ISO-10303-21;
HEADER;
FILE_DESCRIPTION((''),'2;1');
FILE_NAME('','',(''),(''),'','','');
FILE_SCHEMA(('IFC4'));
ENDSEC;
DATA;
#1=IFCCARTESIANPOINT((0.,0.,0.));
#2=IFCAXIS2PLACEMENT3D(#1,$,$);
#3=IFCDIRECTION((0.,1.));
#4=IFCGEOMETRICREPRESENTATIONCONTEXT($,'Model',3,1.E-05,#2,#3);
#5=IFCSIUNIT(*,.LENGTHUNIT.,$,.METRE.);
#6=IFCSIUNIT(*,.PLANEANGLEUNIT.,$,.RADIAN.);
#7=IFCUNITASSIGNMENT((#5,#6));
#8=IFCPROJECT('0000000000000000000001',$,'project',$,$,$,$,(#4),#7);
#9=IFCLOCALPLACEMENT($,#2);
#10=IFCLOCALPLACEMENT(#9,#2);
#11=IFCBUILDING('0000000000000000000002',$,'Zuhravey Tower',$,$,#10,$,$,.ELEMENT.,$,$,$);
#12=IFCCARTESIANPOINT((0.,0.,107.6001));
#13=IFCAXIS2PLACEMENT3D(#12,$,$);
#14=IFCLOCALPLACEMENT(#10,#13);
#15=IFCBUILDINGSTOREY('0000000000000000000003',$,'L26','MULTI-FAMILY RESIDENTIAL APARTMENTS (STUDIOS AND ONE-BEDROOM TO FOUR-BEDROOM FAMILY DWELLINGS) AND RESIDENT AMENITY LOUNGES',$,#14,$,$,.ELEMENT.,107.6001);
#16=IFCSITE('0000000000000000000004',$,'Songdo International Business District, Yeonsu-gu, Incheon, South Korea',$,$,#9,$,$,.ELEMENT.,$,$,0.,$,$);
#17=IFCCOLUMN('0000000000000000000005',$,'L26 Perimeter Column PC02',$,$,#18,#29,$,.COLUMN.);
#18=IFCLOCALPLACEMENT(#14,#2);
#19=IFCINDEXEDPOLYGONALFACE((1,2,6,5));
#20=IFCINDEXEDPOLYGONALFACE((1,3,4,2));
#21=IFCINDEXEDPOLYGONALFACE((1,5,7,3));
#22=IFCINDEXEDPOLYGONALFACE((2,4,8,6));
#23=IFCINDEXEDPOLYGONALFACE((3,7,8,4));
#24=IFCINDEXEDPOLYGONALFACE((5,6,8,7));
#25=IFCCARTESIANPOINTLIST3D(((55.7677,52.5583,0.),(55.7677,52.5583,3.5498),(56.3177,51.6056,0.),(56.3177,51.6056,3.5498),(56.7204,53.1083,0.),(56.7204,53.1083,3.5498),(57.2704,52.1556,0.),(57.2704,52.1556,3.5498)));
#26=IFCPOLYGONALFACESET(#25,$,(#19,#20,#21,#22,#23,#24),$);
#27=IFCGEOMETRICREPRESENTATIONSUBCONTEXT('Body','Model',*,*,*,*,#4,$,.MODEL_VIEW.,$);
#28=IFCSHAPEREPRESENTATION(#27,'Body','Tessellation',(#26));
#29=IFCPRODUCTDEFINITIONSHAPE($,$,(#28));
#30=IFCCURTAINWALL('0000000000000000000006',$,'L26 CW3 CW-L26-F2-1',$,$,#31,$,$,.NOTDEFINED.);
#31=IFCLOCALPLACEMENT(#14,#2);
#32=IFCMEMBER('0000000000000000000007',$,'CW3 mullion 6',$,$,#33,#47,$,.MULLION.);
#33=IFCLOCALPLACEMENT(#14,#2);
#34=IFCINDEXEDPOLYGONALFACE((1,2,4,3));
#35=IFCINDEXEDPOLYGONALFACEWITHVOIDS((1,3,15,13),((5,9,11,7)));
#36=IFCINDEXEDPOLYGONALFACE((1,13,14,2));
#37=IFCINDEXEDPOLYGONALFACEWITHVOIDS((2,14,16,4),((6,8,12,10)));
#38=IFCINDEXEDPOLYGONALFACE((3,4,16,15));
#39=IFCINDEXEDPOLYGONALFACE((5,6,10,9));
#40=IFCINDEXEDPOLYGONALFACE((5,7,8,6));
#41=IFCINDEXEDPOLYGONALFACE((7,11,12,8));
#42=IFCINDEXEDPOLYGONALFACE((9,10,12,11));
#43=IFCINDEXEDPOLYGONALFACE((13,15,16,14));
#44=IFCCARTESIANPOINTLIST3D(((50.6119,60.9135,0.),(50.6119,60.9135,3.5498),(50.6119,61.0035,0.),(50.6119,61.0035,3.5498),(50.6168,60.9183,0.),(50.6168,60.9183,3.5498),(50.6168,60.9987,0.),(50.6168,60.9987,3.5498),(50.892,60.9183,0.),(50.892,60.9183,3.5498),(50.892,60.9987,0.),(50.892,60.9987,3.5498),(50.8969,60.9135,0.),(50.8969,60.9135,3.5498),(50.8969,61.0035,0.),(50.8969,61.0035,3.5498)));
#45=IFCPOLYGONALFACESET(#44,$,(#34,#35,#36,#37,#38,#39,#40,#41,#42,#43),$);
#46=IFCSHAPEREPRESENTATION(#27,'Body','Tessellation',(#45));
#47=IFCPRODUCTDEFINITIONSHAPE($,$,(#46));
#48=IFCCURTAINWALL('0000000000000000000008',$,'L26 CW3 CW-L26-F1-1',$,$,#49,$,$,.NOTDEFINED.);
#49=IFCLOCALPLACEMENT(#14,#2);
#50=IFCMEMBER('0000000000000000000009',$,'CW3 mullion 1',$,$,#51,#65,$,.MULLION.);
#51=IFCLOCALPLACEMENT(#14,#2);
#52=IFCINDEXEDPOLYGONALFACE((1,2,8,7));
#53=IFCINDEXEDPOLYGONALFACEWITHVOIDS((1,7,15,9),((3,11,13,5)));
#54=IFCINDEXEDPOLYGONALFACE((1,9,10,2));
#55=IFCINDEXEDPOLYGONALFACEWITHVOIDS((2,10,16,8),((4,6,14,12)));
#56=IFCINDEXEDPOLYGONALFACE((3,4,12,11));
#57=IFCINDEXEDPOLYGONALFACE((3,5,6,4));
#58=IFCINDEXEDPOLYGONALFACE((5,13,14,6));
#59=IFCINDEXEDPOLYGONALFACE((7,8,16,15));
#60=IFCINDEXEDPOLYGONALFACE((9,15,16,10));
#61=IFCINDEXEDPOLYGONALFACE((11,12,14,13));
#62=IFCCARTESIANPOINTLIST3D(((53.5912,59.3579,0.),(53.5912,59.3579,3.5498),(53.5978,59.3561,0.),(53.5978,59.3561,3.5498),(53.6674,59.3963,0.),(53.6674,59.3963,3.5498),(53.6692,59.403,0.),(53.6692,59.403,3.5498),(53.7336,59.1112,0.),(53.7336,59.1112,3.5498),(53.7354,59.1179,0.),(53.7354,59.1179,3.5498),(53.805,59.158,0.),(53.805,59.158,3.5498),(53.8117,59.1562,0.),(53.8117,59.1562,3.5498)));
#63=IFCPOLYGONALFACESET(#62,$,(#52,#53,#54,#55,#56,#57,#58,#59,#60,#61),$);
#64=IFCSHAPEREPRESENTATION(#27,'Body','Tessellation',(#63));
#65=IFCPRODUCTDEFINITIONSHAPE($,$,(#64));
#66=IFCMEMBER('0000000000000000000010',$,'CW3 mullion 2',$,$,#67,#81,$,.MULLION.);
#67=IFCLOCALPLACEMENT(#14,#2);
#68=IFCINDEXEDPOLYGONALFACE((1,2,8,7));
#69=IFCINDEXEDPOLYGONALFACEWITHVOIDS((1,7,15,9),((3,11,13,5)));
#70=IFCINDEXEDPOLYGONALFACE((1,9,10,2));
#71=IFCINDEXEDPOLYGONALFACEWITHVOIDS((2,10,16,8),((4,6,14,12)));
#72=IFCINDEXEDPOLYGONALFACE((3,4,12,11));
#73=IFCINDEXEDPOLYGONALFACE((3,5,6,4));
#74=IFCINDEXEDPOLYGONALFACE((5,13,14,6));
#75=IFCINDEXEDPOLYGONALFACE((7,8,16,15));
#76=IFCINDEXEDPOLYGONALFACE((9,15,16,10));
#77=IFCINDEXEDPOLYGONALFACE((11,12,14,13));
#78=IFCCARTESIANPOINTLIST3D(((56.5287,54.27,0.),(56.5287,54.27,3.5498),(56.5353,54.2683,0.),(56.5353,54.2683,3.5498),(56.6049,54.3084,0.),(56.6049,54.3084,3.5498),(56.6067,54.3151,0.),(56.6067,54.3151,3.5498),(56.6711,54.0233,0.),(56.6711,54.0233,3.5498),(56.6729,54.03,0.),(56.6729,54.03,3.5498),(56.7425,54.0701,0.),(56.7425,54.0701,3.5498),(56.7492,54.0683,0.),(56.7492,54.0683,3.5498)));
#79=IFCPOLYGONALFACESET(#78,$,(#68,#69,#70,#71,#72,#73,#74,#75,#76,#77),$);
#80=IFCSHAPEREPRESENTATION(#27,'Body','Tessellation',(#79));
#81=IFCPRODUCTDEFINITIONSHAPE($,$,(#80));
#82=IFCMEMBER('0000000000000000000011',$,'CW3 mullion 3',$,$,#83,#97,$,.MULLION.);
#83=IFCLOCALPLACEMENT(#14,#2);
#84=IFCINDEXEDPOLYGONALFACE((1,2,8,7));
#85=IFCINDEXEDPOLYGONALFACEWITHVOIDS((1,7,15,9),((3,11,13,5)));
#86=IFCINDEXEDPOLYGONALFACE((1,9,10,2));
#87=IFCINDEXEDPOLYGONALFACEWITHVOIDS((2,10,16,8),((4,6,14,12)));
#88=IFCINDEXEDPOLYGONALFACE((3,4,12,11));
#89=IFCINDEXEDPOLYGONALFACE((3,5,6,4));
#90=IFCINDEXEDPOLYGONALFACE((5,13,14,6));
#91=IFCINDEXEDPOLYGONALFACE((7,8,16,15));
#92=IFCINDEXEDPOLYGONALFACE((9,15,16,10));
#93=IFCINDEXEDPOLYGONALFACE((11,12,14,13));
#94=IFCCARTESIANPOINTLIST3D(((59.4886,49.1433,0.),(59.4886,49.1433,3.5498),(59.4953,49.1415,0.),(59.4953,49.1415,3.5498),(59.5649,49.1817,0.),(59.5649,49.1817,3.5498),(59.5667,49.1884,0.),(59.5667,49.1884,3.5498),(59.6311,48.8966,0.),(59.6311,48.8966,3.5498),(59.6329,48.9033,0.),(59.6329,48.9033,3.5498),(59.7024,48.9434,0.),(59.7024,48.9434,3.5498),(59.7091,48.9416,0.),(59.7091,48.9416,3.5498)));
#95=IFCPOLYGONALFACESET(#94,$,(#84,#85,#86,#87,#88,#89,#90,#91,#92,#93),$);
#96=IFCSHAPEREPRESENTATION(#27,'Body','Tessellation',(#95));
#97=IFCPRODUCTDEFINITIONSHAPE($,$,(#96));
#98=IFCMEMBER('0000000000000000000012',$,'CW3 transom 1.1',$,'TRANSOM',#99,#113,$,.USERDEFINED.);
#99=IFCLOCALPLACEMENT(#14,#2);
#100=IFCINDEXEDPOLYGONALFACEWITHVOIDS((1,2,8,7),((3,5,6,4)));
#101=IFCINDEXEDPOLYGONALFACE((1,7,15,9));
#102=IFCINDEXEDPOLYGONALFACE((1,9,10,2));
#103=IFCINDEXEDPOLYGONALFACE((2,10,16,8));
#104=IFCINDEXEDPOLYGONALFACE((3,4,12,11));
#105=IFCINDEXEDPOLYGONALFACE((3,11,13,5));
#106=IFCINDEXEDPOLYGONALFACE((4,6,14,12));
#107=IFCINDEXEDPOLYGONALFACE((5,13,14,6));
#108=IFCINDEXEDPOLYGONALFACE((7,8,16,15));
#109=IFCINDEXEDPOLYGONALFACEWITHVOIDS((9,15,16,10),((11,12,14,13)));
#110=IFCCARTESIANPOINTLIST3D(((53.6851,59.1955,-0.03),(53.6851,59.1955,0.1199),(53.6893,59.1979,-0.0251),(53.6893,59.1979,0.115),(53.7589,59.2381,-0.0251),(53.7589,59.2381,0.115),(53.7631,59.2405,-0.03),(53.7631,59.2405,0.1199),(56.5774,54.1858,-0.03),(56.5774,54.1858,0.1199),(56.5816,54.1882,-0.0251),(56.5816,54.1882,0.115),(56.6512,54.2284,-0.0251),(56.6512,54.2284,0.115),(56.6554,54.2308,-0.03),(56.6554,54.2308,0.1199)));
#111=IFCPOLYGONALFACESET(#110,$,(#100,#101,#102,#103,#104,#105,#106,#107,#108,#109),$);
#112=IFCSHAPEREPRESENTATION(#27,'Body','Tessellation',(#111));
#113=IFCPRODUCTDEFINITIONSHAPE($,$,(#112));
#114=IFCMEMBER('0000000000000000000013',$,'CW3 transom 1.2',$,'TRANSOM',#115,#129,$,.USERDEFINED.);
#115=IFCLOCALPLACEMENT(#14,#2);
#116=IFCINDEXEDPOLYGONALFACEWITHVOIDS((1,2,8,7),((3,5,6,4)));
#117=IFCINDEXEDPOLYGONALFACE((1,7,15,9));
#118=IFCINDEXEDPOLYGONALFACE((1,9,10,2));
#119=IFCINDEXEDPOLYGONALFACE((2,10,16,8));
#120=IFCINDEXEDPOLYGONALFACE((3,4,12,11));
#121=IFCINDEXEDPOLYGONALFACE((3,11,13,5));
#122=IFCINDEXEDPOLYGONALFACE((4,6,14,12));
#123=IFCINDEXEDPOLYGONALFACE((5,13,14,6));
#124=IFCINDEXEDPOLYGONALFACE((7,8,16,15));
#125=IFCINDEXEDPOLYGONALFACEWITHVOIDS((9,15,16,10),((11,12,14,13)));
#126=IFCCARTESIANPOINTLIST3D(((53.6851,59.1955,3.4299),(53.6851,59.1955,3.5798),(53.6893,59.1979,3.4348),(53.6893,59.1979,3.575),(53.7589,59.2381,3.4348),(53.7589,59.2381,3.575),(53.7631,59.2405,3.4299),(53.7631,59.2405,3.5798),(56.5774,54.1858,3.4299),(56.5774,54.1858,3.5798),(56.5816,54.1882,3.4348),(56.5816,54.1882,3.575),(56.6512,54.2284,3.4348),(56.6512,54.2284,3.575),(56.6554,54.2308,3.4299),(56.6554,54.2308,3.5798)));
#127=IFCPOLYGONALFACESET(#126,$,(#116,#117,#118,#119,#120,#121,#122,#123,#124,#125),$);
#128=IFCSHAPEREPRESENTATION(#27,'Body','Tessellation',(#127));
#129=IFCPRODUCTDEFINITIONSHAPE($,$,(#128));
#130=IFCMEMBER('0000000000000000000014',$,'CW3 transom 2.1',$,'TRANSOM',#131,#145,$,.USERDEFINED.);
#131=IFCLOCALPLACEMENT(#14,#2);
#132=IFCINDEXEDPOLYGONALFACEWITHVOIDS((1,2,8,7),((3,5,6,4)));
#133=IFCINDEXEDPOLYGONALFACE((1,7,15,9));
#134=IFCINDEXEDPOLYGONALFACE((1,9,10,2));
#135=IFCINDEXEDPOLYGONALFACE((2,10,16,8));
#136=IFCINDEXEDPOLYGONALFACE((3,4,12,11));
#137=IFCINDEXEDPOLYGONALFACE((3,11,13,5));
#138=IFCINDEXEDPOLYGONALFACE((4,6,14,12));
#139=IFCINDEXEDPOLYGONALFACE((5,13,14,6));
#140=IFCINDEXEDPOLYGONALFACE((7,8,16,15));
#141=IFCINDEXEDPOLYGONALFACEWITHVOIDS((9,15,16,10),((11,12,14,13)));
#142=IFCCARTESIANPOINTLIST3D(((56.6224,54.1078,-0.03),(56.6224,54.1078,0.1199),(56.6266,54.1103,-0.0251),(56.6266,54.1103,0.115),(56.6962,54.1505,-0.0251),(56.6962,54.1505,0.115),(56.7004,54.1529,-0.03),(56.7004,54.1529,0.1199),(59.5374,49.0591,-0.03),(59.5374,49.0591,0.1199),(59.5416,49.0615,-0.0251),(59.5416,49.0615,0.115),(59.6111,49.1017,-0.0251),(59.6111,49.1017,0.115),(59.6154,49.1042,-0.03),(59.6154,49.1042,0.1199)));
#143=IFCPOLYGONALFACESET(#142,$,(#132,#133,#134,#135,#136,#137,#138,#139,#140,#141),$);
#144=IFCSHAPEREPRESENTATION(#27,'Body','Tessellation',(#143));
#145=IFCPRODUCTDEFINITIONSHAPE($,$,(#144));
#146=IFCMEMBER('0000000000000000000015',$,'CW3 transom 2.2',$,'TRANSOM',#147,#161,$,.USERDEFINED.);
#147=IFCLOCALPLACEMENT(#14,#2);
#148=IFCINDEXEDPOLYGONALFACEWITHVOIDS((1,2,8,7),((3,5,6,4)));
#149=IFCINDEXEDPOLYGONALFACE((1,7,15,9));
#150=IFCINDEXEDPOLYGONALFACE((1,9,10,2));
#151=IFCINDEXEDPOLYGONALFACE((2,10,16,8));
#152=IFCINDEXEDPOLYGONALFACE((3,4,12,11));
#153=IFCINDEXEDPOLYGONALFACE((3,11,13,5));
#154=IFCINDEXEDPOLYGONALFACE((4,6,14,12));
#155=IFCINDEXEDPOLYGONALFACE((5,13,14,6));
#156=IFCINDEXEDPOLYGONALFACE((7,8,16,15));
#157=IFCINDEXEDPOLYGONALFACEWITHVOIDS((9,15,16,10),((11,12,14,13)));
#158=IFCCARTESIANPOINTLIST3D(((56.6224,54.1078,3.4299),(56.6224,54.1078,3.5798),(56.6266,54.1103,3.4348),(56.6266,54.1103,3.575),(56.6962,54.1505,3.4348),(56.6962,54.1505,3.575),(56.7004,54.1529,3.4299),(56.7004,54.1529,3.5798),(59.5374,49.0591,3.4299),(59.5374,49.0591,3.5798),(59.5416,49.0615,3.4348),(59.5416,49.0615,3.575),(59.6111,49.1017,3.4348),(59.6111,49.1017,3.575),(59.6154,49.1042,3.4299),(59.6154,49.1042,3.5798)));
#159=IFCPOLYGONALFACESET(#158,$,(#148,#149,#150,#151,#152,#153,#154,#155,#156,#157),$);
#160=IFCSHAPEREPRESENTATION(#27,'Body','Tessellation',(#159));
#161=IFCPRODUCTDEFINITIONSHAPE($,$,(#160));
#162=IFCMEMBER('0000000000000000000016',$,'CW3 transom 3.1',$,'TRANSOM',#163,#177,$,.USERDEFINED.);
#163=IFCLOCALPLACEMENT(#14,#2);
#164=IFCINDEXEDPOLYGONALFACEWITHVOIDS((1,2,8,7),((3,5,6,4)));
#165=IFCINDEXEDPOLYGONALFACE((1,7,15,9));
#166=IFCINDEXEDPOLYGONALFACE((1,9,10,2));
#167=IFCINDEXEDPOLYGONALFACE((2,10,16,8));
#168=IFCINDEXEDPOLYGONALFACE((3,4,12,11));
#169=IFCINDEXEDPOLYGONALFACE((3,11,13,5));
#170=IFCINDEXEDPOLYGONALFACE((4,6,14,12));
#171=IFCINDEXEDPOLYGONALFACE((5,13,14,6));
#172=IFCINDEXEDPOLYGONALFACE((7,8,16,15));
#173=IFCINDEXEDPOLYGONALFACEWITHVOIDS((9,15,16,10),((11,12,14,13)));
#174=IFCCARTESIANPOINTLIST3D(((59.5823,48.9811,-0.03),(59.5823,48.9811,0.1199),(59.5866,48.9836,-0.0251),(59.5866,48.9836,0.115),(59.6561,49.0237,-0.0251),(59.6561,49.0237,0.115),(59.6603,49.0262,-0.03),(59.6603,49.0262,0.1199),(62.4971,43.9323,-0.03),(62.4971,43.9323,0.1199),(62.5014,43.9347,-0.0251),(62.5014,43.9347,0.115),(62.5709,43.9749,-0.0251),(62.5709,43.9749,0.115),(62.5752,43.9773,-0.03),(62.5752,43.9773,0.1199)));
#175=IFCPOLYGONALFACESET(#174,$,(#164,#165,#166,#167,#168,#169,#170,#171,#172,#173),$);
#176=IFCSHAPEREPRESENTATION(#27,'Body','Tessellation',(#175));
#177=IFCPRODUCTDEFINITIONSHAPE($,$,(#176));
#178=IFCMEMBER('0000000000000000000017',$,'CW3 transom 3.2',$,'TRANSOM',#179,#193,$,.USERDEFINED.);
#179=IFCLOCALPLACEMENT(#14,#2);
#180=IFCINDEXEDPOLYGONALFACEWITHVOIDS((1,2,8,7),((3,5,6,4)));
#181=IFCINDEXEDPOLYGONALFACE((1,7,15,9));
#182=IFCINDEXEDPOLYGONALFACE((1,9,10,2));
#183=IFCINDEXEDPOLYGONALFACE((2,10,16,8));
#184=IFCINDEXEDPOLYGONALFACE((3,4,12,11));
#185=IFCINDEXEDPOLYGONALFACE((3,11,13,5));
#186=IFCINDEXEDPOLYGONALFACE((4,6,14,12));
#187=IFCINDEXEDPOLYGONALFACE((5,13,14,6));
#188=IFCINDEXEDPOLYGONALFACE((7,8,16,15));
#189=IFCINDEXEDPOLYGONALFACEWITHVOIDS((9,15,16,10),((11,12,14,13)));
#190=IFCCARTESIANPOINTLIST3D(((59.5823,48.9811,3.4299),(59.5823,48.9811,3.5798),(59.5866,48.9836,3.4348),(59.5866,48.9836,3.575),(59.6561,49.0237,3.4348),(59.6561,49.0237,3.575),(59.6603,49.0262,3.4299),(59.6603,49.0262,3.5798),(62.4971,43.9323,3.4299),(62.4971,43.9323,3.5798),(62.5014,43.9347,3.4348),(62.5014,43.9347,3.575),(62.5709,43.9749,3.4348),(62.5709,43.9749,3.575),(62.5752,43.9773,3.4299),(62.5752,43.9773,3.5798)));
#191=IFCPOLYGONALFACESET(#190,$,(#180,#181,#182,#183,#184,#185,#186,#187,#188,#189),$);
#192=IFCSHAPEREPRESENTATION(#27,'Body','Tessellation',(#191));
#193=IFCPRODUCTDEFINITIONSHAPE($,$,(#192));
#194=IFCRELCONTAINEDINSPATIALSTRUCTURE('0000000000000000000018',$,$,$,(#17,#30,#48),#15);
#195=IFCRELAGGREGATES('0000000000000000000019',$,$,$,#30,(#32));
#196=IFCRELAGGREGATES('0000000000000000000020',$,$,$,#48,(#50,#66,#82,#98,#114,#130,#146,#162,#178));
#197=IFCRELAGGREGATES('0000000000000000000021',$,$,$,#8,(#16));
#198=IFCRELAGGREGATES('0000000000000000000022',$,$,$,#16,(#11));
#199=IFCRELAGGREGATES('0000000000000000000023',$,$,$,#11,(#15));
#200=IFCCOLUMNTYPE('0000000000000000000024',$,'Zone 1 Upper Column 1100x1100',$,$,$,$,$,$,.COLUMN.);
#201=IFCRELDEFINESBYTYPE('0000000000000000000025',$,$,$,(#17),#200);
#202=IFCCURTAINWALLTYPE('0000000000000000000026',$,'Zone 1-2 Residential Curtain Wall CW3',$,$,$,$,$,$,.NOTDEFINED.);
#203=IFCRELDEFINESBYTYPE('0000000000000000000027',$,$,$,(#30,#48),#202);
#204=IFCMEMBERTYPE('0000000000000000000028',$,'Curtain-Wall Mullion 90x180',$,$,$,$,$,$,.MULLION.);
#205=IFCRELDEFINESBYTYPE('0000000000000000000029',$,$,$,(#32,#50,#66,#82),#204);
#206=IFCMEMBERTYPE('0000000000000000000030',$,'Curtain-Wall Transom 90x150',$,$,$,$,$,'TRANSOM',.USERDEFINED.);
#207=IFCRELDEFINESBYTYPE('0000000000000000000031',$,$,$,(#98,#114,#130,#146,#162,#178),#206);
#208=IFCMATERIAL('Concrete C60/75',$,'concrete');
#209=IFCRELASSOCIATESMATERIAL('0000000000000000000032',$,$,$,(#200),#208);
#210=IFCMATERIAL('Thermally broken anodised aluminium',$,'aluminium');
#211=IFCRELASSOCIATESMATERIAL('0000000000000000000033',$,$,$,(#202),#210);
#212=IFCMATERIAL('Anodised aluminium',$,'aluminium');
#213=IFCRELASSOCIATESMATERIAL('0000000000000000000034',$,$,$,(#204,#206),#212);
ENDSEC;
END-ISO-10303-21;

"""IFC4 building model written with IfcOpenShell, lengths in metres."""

from ifc_helpers import new_model, si_unit, direction, frame, origin, origin_2d, place, context, subcontext, project, spatial, rectangle, hollow_rectangle, extrude, material, material_profile, profile_set, type_object, element, aggregate, save


model = new_model("IFC4")

# Units and contexts
model_context = context("Model", 3, precision=1e-05, world=origin(), true_north=direction((0.0, 1.0)))
body_context = subcontext(model_context, "Body", "Model", "MODEL_VIEW")
ifc_project = project(units=[si_unit("LENGTHUNIT", "METRE"), si_unit("PLANEANGLEUNIT", "RADIAN")], contexts=[model_context])

# Site, building, storey
site_placement = place(None, origin())
site = spatial("IfcSite", under=ifc_project, at=site_placement, Name="Songdo International Business District, Yeonsu-gu, Incheon, South Korea", CompositionType="ELEMENT", RefElevation=0.0)
building_placement = place(site_placement, origin())
building = spatial("IfcBuilding", under=site, at=building_placement, Name="Zuhravey Tower", CompositionType="ELEMENT")
storey_placement = place(building_placement, frame((0.0, 0.0, 107.6001)))
storey = spatial("IfcBuildingStorey", under=building, at=storey_placement, Name="L26", Description="MULTI-FAMILY RESIDENTIAL APARTMENTS (STUDIOS AND ONE-BEDROOM TO FOUR-BEDROOM FAMILY DWELLINGS) AND RESIDENT AMENITY LOUNGES", CompositionType="ELEMENT", Elevation=107.6001)

# Column
ifc_material_1 = material(Name="Concrete C60/75", Category="concrete")
ifc_material_profile_1 = material_profile(ifc_material_1, rectangle(XDim=1.1001, YDim=1.1001, at=origin_2d()), Name="RC-1100x1100")
ifc_profile_set_1 = profile_set([ifc_material_profile_1], Name="Concrete C60/75")
column_type = type_object("IfcColumnType", Name="Zone 1 Upper Column 1100x1100", PredefinedType="COLUMN", material=ifc_profile_set_1)
column_placement = place(storey_placement, frame((56.519, 52.3569, 0.0), z_axis=(0.0, 0.0, 1.0), x_axis=(-0.5, 0.866025, 0.0)))
element("IfcColumn", 1, at=column_placement, inside=storey, type_object=column_type, Name="L26 Perimeter Column PC02", PredefinedType="COLUMN", context=body_context, shape_type="SweptSolid", body=[
    extrude(rectangle(XDim=1.1001, YDim=1.1001, at=origin_2d()), origin(), (0.0, 0.0, 1.0), 3.5498),
])

# Curtain wall, member
ifc_material_2 = material(Name="Thermally broken anodised aluminium", Category="aluminium")
curtain_wall_type = type_object("IfcCurtainWallType", Name="Zone 1-2 Residential Curtain Wall CW3", PredefinedType="NOTDEFINED", material=ifc_material_2)
curtain_wall_1_placement = place(storey_placement, origin())
curtain_wall_1 = element("IfcCurtainWall", 2, at=curtain_wall_1_placement, inside=storey, type_object=curtain_wall_type, Name="L26 CW3 CW-L26-F2-1", PredefinedType="NOTDEFINED")
ifc_material_3 = material(Name="Anodised aluminium", Category="aluminium")
ifc_material_profile_2 = material_profile(ifc_material_3, hollow_rectangle(XDim=0.0901, YDim=0.2849, WallThickness=0.0049, at=origin_2d()), Name="ALU-RHS-90x285x5")
ifc_profile_set_2 = profile_set([ifc_material_profile_2], Name="Anodised aluminium")
member_type_1 = type_object("IfcMemberType", Name="Curtain-Wall Mullion 90x180", PredefinedType="MULLION", material=ifc_profile_set_2)
member_1_placement = place(storey_placement, frame((50.7544, 60.9585, 0.0), z_axis=(0.0, 0.0, 1.0), x_axis=(0.0, 1.0, 0.0)))
member_1 = element("IfcMember", 3, at=member_1_placement, type_object=member_type_1, Name="CW3 mullion 6", PredefinedType="MULLION", context=body_context, shape_type="SweptSolid", body=[
    extrude(hollow_rectangle(XDim=0.0901, YDim=0.2849, WallThickness=0.0049, at=origin_2d()), origin(), (0.0, 0.0, 1.0), 3.5498),
])
aggregate(curtain_wall_1, [member_1])

# Curtain wall, members
curtain_wall_2_placement = place(storey_placement, origin())
curtain_wall_2 = element("IfcCurtainWall", 4, at=curtain_wall_2_placement, inside=storey, type_object=curtain_wall_type, Name="L26 CW3 CW-L26-F1-1", PredefinedType="NOTDEFINED")
member_2_placement = place(storey_placement, frame((53.7014, 59.2571, 0.0), z_axis=(0.0, 0.0, 1.0), x_axis=(0.866026, 0.5, 0.0)))
member_2 = element("IfcMember", 5, at=member_2_placement, type_object=member_type_1, Name="CW3 mullion 1", PredefinedType="MULLION", context=body_context, shape_type="SweptSolid", body=[
    extrude(hollow_rectangle(XDim=0.0901, YDim=0.2849, WallThickness=0.0049, at=origin_2d()), origin(), (0.0, 0.0, 1.0), 3.5498),
])
member_3_placement = place(storey_placement, frame((56.6389, 54.1692, 0.0), z_axis=(0.0, 0.0, 1.0), x_axis=(0.866026, 0.5, 0.0)))
member_3 = element("IfcMember", 6, at=member_3_placement, type_object=member_type_1, Name="CW3 mullion 2", PredefinedType="MULLION", context=body_context, shape_type="SweptSolid", body=[
    extrude(hollow_rectangle(XDim=0.0901, YDim=0.2849, WallThickness=0.0049, at=origin_2d()), origin(), (0.0, 0.0, 1.0), 3.5498),
])
member_4_placement = place(storey_placement, frame((59.5989, 49.0425, 0.0), z_axis=(0.0, 0.0, 1.0), x_axis=(0.866026, 0.5, 0.0)))
member_4 = element("IfcMember", 7, at=member_4_placement, type_object=member_type_1, Name="CW3 mullion 3", PredefinedType="MULLION", context=body_context, shape_type="SweptSolid", body=[
    extrude(hollow_rectangle(XDim=0.0901, YDim=0.2849, WallThickness=0.0049, at=origin_2d()), origin(), (0.0, 0.0, 1.0), 3.5498),
])
ifc_material_profile_3 = material_profile(ifc_material_3, hollow_rectangle(XDim=0.0901, YDim=0.1499, WallThickness=0.0049, at=origin_2d()), Name="ALU-RHS-90x150x5")
ifc_profile_set_3 = profile_set([ifc_material_profile_3], Name="Anodised aluminium")
member_type_2 = type_object("IfcMemberType", Name="Curtain-Wall Transom 90x150", ElementType="TRANSOM", PredefinedType="USERDEFINED", material=ifc_profile_set_3)
member_5_placement = place(storey_placement, frame((53.7241, 59.218, 0.0449), z_axis=(0.499993, -0.86603, 0.0), x_axis=(0.86603, 0.499993, 0.0)))
member_5 = element("IfcMember", 8, at=member_5_placement, type_object=member_type_2, Name="CW3 transom 1.1", ObjectType="TRANSOM", PredefinedType="USERDEFINED", context=body_context, shape_type="SweptSolid", body=[
    extrude(hollow_rectangle(XDim=0.0901, YDim=0.1499, WallThickness=0.0049, at=origin_2d()), origin(), (0.0, 0.0, 1.0), 5.7847),
])
member_6_placement = place(storey_placement, frame((53.7241, 59.218, 3.5049), z_axis=(0.499993, -0.86603, 0.0), x_axis=(0.86603, 0.499993, 0.0)))
member_6 = element("IfcMember", 9, at=member_6_placement, type_object=member_type_2, Name="CW3 transom 1.2", ObjectType="TRANSOM", PredefinedType="USERDEFINED", context=body_context, shape_type="SweptSolid", body=[
    extrude(hollow_rectangle(XDim=0.0901, YDim=0.1499, WallThickness=0.0049, at=origin_2d()), origin(), (0.0, 0.0, 1.0), 5.7847),
])
member_7_placement = place(storey_placement, frame((56.6614, 54.1304, 0.0449), z_axis=(0.500012, -0.866018, 0.0), x_axis=(0.866018, 0.500012, 0.0)))
member_7 = element("IfcMember", 10, at=member_7_placement, type_object=member_type_2, Name="CW3 transom 2.1", ObjectType="TRANSOM", PredefinedType="USERDEFINED", context=body_context, shape_type="SweptSolid", body=[
    extrude(hollow_rectangle(XDim=0.0901, YDim=0.1499, WallThickness=0.0049, at=origin_2d()), origin(), (0.0, 0.0, 1.0), 5.8298),
])
member_8_placement = place(storey_placement, frame((56.6614, 54.1304, 3.5049), z_axis=(0.500012, -0.866018, 0.0), x_axis=(0.866018, 0.500012, 0.0)))
member_8 = element("IfcMember", 11, at=member_8_placement, type_object=member_type_2, Name="CW3 transom 2.2", ObjectType="TRANSOM", PredefinedType="USERDEFINED", context=body_context, shape_type="SweptSolid", body=[
    extrude(hollow_rectangle(XDim=0.0901, YDim=0.1499, WallThickness=0.0049, at=origin_2d()), origin(), (0.0, 0.0, 1.0), 5.8298),
])
member_9_placement = place(storey_placement, frame((59.6213, 49.0037, 0.0449), z_axis=(0.499981, -0.866036, 0.0), x_axis=(0.866036, 0.499981, 0.0)))
member_9 = element("IfcMember", 12, at=member_9_placement, type_object=member_type_2, Name="CW3 transom 3.1", ObjectType="TRANSOM", PredefinedType="USERDEFINED", context=body_context, shape_type="SweptSolid", body=[
    extrude(hollow_rectangle(XDim=0.0901, YDim=0.1499, WallThickness=0.0049, at=origin_2d()), origin(), (0.0, 0.0, 1.0), 5.8298),
])
member_10_placement = place(storey_placement, frame((59.6213, 49.0037, 3.5049), z_axis=(0.499981, -0.866036, 0.0), x_axis=(0.866036, 0.499981, 0.0)))
member_10 = element("IfcMember", 13, at=member_10_placement, type_object=member_type_2, Name="CW3 transom 3.2", ObjectType="TRANSOM", PredefinedType="USERDEFINED", context=body_context, shape_type="SweptSolid", body=[
    extrude(hollow_rectangle(XDim=0.0901, YDim=0.1499, WallThickness=0.0049, at=origin_2d()), origin(), (0.0, 0.0, 1.0), 5.8298),
])

aggregate(curtain_wall_2, [member_2, member_3, member_4, member_5, member_6, member_7, member_8, member_9, member_10])

save(model, "model.ifc")
